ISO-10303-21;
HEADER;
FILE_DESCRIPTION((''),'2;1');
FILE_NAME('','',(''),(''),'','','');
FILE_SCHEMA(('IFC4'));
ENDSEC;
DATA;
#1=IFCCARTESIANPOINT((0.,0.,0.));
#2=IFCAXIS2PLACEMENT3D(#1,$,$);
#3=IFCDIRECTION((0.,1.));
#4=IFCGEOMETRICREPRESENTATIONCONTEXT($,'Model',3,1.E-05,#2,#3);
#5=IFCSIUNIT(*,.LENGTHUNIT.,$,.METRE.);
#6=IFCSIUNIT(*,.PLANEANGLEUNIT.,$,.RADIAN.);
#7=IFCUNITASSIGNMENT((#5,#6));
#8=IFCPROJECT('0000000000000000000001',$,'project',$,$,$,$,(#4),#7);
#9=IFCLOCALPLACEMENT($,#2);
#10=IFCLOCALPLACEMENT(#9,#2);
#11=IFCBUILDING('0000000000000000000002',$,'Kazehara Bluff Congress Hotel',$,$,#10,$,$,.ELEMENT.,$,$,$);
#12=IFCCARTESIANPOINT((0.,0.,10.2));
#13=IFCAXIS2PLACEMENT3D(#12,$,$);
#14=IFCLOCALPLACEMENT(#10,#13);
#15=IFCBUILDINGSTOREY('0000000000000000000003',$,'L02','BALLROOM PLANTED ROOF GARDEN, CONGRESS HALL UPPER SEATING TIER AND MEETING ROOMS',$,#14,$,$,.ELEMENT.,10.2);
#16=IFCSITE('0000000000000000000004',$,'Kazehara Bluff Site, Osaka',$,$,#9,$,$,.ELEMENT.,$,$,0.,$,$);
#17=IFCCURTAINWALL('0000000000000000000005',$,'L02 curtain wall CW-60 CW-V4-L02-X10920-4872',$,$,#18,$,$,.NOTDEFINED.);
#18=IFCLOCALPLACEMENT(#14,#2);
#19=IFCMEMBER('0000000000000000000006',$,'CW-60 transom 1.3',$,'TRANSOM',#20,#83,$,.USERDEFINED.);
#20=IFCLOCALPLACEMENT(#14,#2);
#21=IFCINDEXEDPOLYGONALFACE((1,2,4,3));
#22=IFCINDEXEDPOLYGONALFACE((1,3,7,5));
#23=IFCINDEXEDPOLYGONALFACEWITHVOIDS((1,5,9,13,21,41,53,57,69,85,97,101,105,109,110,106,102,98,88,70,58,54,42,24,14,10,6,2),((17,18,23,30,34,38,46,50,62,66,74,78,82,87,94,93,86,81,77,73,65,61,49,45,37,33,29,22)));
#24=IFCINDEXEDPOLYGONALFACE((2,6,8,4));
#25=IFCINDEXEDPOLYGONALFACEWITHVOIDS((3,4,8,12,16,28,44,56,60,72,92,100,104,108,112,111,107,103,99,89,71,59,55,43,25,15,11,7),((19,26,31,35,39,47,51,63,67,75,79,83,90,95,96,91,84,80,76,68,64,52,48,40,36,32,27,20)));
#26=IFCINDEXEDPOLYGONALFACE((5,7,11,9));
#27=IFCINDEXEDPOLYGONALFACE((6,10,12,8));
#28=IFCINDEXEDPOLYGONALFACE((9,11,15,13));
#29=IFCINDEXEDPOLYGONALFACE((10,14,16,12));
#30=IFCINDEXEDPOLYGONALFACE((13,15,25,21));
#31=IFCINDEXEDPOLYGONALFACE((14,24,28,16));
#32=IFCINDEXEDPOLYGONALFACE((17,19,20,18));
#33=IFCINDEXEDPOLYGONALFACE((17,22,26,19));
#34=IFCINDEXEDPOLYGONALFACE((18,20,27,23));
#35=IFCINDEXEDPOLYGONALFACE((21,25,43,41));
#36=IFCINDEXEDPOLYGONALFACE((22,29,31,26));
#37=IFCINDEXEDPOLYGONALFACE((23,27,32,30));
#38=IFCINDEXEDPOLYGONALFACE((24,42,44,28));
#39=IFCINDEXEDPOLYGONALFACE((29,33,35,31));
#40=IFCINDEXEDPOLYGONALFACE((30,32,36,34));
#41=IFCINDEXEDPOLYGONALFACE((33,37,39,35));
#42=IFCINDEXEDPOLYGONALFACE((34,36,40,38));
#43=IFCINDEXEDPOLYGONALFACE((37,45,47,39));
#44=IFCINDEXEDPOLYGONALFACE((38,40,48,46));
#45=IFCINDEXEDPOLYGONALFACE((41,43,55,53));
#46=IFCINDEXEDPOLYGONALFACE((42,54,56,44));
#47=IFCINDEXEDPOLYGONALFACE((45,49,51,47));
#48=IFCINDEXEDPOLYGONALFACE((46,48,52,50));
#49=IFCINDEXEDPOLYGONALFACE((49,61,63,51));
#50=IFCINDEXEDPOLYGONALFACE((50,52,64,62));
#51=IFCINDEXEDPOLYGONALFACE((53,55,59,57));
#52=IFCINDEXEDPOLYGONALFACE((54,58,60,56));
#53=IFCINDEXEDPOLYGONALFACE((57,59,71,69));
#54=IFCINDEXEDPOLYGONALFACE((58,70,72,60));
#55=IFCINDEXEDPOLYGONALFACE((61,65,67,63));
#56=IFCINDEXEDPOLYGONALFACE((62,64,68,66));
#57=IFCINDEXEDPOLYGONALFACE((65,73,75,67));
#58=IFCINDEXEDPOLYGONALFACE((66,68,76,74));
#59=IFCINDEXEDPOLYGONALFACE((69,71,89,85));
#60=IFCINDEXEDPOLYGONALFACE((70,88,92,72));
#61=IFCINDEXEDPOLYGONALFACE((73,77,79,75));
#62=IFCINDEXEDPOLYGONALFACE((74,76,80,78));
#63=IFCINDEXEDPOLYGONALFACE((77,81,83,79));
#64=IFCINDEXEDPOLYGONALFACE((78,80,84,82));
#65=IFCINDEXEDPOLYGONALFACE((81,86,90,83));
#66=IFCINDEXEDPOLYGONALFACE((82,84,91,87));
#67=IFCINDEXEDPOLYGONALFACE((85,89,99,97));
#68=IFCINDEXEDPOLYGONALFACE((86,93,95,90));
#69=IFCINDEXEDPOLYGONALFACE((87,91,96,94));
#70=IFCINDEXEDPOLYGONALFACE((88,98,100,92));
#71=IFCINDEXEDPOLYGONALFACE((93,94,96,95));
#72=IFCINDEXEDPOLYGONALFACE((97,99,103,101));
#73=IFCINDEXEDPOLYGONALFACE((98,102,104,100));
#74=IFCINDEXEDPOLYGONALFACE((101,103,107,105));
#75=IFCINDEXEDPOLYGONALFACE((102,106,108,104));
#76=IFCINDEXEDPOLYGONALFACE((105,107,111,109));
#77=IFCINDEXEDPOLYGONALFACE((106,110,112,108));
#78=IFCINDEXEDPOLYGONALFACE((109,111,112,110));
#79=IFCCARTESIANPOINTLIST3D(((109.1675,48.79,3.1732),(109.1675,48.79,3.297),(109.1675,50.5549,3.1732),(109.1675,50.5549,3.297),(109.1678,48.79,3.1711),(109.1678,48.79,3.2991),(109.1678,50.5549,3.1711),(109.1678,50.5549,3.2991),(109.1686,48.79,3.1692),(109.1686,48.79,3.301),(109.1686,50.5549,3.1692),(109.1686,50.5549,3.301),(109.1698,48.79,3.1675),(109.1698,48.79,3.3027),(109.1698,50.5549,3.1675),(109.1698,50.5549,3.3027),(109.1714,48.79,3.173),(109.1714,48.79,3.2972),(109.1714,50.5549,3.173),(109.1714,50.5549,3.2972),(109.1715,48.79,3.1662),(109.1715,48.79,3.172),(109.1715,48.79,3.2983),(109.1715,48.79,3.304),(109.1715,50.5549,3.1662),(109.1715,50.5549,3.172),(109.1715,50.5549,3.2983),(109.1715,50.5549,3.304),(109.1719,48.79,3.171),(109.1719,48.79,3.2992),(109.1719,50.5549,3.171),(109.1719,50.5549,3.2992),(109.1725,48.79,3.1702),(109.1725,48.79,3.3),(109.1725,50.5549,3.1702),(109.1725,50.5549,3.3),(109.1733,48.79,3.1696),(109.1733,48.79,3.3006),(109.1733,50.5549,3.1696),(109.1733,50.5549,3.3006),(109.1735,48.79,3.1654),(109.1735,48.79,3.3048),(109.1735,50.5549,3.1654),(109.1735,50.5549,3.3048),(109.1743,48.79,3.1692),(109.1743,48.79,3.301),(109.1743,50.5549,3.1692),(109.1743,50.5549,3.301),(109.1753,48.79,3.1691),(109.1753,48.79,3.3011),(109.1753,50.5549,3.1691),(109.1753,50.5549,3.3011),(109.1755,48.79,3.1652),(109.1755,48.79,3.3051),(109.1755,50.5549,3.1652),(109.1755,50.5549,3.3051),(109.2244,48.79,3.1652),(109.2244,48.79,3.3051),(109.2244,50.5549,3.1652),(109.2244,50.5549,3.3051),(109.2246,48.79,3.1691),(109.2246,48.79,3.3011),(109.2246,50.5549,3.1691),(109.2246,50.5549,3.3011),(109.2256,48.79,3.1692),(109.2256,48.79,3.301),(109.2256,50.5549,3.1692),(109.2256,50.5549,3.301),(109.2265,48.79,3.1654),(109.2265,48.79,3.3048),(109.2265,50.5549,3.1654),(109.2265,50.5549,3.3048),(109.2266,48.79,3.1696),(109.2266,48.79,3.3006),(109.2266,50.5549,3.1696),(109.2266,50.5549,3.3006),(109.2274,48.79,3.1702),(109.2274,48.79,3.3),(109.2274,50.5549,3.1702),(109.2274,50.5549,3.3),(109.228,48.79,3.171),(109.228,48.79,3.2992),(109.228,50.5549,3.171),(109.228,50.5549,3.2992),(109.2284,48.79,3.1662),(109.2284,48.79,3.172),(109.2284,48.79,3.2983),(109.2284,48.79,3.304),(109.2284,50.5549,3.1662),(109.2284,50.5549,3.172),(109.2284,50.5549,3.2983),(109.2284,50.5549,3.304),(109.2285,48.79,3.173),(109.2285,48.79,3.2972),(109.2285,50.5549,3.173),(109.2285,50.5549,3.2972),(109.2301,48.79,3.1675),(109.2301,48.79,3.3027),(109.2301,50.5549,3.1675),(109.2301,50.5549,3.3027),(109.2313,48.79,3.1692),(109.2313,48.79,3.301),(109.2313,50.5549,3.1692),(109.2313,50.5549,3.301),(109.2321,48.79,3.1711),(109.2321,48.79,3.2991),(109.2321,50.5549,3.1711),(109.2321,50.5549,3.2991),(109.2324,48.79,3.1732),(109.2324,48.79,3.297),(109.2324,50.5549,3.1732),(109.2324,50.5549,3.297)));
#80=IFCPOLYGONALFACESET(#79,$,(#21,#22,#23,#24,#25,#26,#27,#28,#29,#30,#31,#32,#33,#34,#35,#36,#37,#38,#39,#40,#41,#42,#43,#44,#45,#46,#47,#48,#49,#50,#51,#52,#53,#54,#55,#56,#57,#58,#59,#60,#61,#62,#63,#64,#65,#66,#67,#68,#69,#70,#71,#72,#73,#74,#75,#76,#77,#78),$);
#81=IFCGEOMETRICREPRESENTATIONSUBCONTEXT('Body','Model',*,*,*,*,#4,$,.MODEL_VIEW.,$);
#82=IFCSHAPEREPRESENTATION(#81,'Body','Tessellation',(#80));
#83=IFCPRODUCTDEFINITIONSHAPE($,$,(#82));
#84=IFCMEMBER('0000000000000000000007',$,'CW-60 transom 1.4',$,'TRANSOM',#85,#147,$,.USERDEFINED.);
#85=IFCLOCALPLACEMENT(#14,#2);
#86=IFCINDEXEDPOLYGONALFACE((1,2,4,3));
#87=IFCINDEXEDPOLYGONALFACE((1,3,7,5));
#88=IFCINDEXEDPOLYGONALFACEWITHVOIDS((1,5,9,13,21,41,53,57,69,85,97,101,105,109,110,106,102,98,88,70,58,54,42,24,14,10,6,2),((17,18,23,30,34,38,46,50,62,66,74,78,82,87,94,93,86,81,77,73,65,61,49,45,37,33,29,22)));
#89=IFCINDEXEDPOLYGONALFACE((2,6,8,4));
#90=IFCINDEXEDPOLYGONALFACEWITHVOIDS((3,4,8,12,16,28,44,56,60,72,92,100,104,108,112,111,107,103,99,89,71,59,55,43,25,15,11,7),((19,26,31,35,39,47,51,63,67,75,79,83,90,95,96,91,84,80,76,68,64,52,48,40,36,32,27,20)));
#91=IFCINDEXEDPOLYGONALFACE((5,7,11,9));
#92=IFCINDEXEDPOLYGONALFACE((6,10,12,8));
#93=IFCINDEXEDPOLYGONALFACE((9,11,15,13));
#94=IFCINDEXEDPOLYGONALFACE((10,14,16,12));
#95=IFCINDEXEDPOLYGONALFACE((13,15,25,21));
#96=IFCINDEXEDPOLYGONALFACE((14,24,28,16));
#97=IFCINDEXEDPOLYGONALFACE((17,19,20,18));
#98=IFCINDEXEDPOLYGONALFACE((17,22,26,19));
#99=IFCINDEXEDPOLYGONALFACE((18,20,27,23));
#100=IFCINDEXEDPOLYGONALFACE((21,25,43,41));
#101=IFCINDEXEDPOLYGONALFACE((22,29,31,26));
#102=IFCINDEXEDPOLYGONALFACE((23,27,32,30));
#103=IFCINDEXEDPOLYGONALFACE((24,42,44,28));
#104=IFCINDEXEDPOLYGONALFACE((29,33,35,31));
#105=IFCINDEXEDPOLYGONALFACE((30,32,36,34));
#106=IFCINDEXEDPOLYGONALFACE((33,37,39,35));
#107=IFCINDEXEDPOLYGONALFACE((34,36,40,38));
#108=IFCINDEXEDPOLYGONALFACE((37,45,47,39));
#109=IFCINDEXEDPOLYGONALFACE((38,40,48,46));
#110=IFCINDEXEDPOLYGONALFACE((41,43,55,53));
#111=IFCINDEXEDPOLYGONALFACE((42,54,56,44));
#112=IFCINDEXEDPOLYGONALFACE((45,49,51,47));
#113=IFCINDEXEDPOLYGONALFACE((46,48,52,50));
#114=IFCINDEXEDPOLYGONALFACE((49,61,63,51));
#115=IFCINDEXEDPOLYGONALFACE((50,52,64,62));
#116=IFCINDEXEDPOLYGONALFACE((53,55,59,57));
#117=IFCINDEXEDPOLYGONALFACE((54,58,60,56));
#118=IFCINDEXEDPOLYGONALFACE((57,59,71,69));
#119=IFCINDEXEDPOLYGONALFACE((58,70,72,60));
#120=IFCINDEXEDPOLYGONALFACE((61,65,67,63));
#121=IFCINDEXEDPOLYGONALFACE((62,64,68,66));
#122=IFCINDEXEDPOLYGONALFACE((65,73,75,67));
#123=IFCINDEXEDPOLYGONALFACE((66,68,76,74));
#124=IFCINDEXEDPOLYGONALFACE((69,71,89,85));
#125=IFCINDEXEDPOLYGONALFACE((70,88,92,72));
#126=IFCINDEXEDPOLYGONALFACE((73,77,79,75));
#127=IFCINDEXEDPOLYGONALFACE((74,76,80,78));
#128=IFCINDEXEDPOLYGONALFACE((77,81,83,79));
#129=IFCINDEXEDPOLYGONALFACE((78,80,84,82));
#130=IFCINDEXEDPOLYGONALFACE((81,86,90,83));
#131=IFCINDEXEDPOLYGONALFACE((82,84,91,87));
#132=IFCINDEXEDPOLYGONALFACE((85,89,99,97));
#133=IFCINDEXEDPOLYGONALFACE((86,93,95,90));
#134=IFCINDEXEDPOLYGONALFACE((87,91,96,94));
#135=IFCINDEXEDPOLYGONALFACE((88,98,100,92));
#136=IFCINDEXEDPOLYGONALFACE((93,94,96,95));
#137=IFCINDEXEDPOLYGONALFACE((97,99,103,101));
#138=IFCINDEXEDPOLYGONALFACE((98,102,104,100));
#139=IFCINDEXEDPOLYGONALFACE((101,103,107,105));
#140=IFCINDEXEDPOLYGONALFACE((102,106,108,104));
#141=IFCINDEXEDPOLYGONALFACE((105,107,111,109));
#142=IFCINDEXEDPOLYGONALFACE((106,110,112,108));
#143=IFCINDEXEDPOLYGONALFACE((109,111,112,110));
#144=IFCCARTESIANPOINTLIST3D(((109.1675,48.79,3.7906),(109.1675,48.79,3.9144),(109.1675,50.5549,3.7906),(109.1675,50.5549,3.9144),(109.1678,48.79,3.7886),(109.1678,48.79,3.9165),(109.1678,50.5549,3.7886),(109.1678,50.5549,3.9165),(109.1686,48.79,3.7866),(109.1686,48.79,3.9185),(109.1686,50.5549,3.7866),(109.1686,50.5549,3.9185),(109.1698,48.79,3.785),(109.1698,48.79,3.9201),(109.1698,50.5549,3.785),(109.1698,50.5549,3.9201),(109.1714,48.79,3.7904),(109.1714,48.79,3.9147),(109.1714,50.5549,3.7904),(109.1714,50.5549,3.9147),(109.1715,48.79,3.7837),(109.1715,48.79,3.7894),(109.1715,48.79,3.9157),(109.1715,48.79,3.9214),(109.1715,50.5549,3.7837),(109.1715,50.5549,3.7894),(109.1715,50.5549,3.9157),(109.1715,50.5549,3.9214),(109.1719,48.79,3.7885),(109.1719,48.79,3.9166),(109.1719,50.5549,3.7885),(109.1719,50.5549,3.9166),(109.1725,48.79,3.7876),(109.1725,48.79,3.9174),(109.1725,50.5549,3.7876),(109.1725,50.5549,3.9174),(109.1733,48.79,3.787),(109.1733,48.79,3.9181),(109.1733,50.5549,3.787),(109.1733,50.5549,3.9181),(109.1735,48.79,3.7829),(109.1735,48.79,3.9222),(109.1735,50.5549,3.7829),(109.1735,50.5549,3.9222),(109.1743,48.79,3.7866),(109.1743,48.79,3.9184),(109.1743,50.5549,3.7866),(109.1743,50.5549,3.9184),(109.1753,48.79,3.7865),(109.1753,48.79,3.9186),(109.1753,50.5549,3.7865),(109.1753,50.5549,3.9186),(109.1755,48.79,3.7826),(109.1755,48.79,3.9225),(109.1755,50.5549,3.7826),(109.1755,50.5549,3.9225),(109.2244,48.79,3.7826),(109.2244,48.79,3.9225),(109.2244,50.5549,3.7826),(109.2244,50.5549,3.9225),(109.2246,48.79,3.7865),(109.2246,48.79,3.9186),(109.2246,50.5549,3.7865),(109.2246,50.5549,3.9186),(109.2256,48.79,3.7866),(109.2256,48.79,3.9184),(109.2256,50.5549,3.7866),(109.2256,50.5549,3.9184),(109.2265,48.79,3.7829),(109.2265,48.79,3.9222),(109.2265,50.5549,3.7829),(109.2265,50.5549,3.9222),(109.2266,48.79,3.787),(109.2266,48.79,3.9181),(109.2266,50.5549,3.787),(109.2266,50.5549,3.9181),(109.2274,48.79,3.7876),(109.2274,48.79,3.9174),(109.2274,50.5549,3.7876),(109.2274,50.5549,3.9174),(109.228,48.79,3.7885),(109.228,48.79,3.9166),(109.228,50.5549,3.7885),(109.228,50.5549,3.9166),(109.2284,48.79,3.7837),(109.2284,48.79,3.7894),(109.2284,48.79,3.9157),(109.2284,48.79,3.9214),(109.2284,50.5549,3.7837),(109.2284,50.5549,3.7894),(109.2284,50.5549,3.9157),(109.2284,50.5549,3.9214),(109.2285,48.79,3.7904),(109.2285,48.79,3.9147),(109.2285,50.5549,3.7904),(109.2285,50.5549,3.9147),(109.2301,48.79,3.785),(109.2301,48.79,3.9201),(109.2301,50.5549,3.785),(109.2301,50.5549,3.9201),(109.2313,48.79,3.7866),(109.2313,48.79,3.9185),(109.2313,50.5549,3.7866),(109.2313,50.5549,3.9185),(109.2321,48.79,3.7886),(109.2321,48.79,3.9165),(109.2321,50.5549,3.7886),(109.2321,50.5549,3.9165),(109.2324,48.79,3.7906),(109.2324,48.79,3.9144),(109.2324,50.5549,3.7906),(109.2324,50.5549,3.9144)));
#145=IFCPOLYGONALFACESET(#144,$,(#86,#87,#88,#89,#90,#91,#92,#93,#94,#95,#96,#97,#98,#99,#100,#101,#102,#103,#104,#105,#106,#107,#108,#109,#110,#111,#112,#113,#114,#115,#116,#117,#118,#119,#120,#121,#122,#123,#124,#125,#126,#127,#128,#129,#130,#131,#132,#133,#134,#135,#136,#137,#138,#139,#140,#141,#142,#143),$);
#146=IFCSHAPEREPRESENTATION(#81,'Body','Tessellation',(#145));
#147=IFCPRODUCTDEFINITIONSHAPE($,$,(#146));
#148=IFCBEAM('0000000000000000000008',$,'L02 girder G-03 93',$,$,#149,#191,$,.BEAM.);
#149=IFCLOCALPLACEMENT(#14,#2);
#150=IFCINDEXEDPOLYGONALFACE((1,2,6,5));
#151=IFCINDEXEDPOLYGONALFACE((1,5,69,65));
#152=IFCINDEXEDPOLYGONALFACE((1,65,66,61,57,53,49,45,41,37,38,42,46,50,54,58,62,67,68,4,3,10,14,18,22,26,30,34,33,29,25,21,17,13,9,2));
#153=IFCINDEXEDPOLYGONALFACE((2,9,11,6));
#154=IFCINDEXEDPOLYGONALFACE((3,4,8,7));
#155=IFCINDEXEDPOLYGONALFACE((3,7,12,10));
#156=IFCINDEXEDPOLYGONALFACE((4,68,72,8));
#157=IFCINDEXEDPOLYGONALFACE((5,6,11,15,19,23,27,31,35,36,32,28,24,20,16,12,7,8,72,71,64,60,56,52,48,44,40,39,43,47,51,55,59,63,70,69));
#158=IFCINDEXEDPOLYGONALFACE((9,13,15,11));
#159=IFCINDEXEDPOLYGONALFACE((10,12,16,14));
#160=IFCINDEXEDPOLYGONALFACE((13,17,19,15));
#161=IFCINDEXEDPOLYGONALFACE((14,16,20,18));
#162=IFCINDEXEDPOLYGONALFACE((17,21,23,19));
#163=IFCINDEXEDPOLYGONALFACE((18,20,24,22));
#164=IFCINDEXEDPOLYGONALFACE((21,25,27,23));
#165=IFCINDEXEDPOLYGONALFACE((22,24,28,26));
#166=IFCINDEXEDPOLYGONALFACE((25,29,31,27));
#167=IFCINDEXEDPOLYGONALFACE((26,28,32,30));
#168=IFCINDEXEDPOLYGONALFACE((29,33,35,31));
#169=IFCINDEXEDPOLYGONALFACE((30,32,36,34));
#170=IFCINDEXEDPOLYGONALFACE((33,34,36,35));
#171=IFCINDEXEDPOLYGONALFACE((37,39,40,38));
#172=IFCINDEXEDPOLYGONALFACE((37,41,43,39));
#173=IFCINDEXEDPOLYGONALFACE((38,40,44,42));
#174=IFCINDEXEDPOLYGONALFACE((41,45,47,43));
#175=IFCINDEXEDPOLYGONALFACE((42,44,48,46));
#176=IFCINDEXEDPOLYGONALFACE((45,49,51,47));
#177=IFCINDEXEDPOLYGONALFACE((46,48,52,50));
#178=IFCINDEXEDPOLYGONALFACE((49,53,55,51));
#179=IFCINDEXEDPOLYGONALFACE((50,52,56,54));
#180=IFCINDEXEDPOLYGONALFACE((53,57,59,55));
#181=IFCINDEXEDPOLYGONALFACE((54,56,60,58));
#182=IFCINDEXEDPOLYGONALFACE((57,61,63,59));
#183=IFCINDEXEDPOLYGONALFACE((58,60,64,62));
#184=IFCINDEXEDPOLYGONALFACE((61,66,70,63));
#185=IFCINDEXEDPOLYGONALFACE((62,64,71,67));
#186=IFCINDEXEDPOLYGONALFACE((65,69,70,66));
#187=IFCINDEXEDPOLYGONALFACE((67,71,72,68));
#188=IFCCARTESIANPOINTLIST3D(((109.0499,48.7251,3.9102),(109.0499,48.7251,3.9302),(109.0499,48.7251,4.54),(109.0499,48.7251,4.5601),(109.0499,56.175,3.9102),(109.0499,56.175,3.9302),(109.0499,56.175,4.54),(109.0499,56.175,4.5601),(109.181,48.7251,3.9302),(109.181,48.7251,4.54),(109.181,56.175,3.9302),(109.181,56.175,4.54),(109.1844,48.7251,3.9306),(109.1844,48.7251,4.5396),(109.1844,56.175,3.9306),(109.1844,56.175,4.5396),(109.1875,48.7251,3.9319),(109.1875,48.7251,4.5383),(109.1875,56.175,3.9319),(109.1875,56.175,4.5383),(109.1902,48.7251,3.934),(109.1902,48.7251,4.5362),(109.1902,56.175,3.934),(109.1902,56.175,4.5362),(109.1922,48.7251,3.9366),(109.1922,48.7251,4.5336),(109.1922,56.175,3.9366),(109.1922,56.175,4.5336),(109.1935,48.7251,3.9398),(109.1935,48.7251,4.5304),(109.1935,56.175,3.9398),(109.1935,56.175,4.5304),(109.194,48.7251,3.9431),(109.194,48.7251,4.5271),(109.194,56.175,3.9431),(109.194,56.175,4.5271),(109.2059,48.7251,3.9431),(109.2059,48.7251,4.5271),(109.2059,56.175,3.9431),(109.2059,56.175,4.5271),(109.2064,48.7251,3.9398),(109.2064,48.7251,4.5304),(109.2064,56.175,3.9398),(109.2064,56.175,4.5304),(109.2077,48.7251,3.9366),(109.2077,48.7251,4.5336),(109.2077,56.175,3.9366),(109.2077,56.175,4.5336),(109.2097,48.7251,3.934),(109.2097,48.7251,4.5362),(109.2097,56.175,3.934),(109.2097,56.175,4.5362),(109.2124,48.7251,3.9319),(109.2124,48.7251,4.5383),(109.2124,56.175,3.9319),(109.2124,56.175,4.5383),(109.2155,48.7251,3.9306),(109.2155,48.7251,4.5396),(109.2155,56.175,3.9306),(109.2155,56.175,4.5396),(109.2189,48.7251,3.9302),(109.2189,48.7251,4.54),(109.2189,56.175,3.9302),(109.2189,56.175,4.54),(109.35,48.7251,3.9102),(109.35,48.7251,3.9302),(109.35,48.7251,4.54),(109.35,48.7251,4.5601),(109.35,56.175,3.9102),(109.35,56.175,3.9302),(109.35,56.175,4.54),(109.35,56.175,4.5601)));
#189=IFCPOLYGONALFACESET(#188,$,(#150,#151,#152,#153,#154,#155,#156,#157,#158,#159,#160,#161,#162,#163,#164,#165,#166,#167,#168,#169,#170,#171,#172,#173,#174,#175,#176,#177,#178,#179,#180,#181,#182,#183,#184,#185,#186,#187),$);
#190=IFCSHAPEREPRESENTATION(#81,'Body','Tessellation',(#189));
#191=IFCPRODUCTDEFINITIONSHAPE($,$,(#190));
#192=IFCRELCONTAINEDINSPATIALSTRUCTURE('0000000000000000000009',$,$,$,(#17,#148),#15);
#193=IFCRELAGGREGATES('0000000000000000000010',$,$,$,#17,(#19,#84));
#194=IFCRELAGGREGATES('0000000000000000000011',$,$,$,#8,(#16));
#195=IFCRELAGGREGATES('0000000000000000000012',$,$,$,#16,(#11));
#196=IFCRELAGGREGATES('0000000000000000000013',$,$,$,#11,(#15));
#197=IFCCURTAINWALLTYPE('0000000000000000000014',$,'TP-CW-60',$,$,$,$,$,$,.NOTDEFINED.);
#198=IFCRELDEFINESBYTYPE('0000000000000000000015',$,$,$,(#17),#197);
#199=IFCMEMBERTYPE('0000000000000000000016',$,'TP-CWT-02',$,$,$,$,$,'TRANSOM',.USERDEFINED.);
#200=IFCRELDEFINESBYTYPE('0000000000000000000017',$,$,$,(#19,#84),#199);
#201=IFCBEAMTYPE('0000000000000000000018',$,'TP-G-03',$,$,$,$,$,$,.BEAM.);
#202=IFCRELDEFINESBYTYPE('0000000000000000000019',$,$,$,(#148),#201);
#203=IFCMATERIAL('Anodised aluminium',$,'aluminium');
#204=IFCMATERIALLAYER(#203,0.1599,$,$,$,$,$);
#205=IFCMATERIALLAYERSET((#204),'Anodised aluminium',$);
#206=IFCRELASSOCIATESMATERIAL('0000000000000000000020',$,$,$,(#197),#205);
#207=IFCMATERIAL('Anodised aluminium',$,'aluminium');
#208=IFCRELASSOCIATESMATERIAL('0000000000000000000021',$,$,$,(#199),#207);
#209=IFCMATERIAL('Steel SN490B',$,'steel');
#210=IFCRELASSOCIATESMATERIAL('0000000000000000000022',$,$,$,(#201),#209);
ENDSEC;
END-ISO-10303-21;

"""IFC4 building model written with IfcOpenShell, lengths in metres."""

from ifc_helpers import new_model, si_unit, direction, frame, origin, origin_2d, place, context, subcontext, project, spatial, hollow_rectangle, i_section, extrude, material, layer, layer_set, material_profile, profile_set, type_object, element, aggregate, save


model = new_model("IFC4")

# Units and contexts
model_context = context("Model", 3, precision=1e-05, world=origin(), true_north=direction((0.0, 1.0)))
body_context = subcontext(model_context, "Body", "Model", "MODEL_VIEW")
ifc_project = project(units=[si_unit("LENGTHUNIT", "METRE"), si_unit("PLANEANGLEUNIT", "RADIAN")], contexts=[model_context])

# Site, building, storey
site_placement = place(None, origin())
site = spatial("IfcSite", under=ifc_project, at=site_placement, Name="Kazehara Bluff Site, Osaka", CompositionType="ELEMENT", RefElevation=0.0)
building_placement = place(site_placement, origin())
building = spatial("IfcBuilding", under=site, at=building_placement, Name="Kazehara Bluff Congress Hotel", CompositionType="ELEMENT")
storey_placement = place(building_placement, frame((0.0, 0.0, 10.2)))
storey = spatial("IfcBuildingStorey", under=building, at=storey_placement, Name="L02", Description="BALLROOM PLANTED ROOF GARDEN, CONGRESS HALL UPPER SEATING TIER AND MEETING ROOMS", CompositionType="ELEMENT", Elevation=10.2)

# Curtain wall
ifc_material_1 = material(Name="Anodised aluminium", Category="aluminium")
ifc_layer_1 = layer(ifc_material_1, 0.1599)
ifc_layer_set_1 = layer_set([ifc_layer_1], Name="Anodised aluminium")
curtain_wall_type_1 = type_object("IfcCurtainWallType", Name="TP-CW-60", PredefinedType="NOTDEFINED", material=ifc_layer_set_1)
curtain_wall_1_placement = place(storey_placement, origin())
curtain_wall_1 = element("IfcCurtainWall", 1, at=curtain_wall_1_placement, inside=storey, type_object=curtain_wall_type_1, Name="L02 curtain wall CW-60 CW-V4-L02-X10920-4872", PredefinedType="NOTDEFINED")

# Members
ifc_material_2 = material(Name="Anodised aluminium", Category="aluminium")
ifc_material_profile_1 = material_profile(ifc_material_2, hollow_rectangle(XDim=0.0649, YDim=0.1399, WallThickness=0.0039, InnerFilletRadius=0.0039, OuterFilletRadius=0.0081, at=origin_2d()))
ifc_profile_set_1 = profile_set([ifc_material_profile_1], Name="Anodised aluminium")
member_type_1 = type_object("IfcMemberType", Name="TP-CWT-02", ElementType="TRANSOM", PredefinedType="USERDEFINED", material=ifc_profile_set_1)
member_1_placement = place(storey_placement, frame((109.2, 48.79, 3.2351), z_axis=(0.0, 1.0, 0.0), x_axis=(-1.0, 0.0, 0.0)))
member_1 = element("IfcMember", 2, at=member_1_placement, type_object=member_type_1, Name="CW-60 transom 1.3", ObjectType="TRANSOM", PredefinedType="USERDEFINED", context=body_context, shape_type="SweptSolid", body=[
    extrude(hollow_rectangle(XDim=0.0649, YDim=0.1399, WallThickness=0.0039, InnerFilletRadius=0.0039, OuterFilletRadius=0.0081, at=origin_2d()), origin(), (0.0, 0.0, 1.0), 1.7649),
])
member_2_placement = place(storey_placement, frame((109.2, 48.79, 3.8525), z_axis=(0.0, 1.0, 0.0), x_axis=(-1.0, 0.0, 0.0)))
member_2 = element("IfcMember", 3, at=member_2_placement, type_object=member_type_1, Name="CW-60 transom 1.4", ObjectType="TRANSOM", PredefinedType="USERDEFINED", context=body_context, shape_type="SweptSolid", body=[
    extrude(hollow_rectangle(XDim=0.0649, YDim=0.1399, WallThickness=0.0039, InnerFilletRadius=0.0039, OuterFilletRadius=0.0081, at=origin_2d()), origin(), (0.0, 0.0, 1.0), 1.7649),
])

# Beam
ifc_material_3 = material(Name="Steel SN490B", Category="steel")
ifc_material_profile_2 = material_profile(ifc_material_3, i_section(OverallWidth=0.3, OverallDepth=0.6499, WebThickness=0.012, FlangeThickness=0.02, FilletRadius=0.0129, at=origin_2d()))
ifc_profile_set_2 = profile_set([ifc_material_profile_2], Name="Steel SN490B")
beam_type = type_object("IfcBeamType", Name="TP-G-03", PredefinedType="BEAM", material=ifc_profile_set_2)
beam_placement = place(storey_placement, frame((109.2, 48.7251, 4.2351), z_axis=(0.0, 1.0, 0.0), x_axis=(-1.0, 0.0, 0.0)))
element("IfcBeam", 4, at=beam_placement, inside=storey, type_object=beam_type, Name="L02 girder G-03 93", PredefinedType="BEAM", context=body_context, shape_type="SweptSolid", body=[
    extrude(i_section(OverallWidth=0.3, OverallDepth=0.6499, WebThickness=0.012, FlangeThickness=0.02, FilletRadius=0.0129, at=origin_2d()), origin(), (0.0, 0.0, 1.0), 7.45),
])

aggregate(curtain_wall_1, [member_1, member_2])

save(model, "model.ifc")
